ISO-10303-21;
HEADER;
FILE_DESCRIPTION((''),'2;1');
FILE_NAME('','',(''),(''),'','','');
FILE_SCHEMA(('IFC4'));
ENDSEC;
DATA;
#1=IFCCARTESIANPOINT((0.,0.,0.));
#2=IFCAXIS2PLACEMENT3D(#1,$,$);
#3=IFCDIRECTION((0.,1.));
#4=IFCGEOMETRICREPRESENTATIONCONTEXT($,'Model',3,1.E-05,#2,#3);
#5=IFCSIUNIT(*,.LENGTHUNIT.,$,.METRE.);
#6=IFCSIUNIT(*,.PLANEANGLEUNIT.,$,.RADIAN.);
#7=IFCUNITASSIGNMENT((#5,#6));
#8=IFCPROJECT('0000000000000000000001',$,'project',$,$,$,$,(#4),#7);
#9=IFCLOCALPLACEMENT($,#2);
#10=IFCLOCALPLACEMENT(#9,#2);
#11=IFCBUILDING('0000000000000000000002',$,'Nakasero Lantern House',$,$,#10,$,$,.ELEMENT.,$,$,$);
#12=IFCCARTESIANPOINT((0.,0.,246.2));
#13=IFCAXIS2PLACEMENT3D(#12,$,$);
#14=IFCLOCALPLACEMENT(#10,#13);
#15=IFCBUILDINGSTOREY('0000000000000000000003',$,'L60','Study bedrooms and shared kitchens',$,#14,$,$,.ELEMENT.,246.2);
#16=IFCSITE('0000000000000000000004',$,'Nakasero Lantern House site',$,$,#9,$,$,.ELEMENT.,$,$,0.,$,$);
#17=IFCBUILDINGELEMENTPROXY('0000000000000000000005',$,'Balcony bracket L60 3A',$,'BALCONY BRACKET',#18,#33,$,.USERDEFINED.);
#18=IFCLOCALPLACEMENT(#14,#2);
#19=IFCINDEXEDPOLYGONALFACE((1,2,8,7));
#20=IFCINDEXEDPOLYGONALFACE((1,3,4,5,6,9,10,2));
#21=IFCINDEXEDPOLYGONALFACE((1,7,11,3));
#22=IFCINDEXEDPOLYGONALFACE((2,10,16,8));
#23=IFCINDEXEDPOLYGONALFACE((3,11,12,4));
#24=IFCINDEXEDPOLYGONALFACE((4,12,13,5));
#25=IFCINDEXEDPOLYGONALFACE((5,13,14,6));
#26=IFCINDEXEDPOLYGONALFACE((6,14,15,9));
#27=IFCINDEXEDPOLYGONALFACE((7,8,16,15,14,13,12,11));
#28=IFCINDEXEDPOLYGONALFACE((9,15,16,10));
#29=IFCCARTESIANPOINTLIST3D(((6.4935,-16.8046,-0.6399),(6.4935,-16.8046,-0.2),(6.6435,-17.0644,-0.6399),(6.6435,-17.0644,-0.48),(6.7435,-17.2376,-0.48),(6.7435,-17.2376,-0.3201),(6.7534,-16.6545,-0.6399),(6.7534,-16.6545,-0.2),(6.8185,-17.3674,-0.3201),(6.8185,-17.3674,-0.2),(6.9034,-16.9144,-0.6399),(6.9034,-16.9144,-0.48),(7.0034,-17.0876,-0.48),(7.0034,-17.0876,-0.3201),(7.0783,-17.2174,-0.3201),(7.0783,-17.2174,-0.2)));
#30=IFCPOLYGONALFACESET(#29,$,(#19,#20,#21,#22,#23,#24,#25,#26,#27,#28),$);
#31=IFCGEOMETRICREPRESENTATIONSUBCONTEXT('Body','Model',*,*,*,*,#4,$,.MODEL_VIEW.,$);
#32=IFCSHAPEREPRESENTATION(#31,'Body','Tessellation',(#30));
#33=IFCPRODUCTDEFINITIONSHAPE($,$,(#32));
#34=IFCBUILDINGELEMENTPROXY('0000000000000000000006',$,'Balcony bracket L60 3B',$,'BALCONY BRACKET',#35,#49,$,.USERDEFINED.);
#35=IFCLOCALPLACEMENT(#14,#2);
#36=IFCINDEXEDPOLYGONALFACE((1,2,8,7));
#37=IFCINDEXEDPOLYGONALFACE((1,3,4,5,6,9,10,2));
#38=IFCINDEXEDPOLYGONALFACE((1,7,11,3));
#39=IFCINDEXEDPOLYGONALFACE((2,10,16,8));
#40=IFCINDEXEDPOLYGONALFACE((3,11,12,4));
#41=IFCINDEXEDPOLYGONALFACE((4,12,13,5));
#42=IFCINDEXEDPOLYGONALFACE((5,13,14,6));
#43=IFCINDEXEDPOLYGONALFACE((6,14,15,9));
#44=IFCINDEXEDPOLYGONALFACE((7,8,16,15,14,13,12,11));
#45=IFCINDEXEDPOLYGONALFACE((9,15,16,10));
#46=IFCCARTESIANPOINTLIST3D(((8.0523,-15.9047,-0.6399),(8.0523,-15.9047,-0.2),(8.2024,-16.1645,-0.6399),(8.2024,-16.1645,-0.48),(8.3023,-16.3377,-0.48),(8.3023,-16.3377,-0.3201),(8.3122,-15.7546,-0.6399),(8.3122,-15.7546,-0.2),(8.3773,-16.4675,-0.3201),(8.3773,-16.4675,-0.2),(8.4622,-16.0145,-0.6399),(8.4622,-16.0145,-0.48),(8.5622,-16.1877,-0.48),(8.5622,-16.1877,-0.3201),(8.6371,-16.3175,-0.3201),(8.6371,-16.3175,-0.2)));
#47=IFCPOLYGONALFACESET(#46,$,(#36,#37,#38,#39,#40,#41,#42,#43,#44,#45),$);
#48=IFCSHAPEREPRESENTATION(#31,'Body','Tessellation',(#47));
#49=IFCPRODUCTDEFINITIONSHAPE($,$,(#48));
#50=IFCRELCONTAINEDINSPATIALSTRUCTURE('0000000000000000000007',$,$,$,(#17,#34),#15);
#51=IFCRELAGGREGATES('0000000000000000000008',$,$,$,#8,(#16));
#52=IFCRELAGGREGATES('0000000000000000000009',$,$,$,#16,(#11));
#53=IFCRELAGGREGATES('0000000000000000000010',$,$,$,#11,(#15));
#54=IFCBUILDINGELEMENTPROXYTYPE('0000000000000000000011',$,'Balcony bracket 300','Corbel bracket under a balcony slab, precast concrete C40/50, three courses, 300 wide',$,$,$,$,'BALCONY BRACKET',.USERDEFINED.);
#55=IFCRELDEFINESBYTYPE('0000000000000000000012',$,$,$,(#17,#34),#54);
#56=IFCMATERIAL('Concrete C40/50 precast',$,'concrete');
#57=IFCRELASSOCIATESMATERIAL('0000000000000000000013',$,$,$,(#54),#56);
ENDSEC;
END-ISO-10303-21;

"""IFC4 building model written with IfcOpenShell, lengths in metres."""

from ifc_helpers import new_model, si_unit, direction, frame, origin, place, context, subcontext, project, spatial, polyline, outline, extrude, material, type_object, element, save


model = new_model("IFC4")

# Units and contexts
model_context = context("Model", 3, precision=1e-05, world=origin(), true_north=direction((0.0, 1.0)))
body_context = subcontext(model_context, "Body", "Model", "MODEL_VIEW")
ifc_project = project(units=[si_unit("LENGTHUNIT", "METRE"), si_unit("PLANEANGLEUNIT", "RADIAN")], contexts=[model_context])

# Site, building, storey
site_placement = place(None, origin())
site = spatial("IfcSite", under=ifc_project, at=site_placement, Name="Nakasero Lantern House site", CompositionType="ELEMENT", RefElevation=0.0)
building_placement = place(site_placement, origin())
building = spatial("IfcBuilding", under=site, at=building_placement, Name="Nakasero Lantern House", CompositionType="ELEMENT")
storey_placement = place(building_placement, frame((0.0, 0.0, 246.2)))
storey = spatial("IfcBuildingStorey", under=building, at=storey_placement, Name="L60", Description="Study bedrooms and shared kitchens", CompositionType="ELEMENT", Elevation=246.2)

# Building element proxies
ifc_material_1 = material(Name="Concrete C40/50 precast", Category="concrete")
building_element_proxy_type = type_object("IfcBuildingElementProxyType", Name="Balcony bracket 300", Description="Corbel bracket under a balcony slab, precast concrete C40/50, three courses, 300 wide", ElementType="BALCONY BRACKET", PredefinedType="USERDEFINED", material=ifc_material_1)
for number, where, z_axis, x_axis, name in (
    (1, (6.6235, -16.7295, -0.2), (0.0, 0.0, 1.0), (0.5, -0.866025, 0.0), "Balcony bracket L60 3A"),
    (2, (8.1824, -15.8296, -0.2), (0.0, 0.0, 1.0), (0.5, -0.866025, 0.0), "Balcony bracket L60 3B"),
):
    element("IfcBuildingElementProxy", number, at=place(storey_placement, frame(where, z_axis=z_axis, x_axis=x_axis)), inside=storey, type_object=building_element_proxy_type, Name=name, ObjectType="BALCONY BRACKET", PredefinedType="USERDEFINED", context=body_context, shape_type="SweptSolid", body=[
        extrude(outline(polyline([(0.0, 0.0), (0.6499, 0.0), (0.6499, -0.1201), (0.5, -0.1201), (0.5, -0.28), (0.3, -0.28), (0.3, -0.4399), (0.0, -0.4399), (0.0, 0.0)])), frame((0.0, 0.1499, 0.0), z_axis=(0.0, -1.0, 0.0), x_axis=(1.0, 0.0, 0.0)), (0.0, 0.0, 1.0), 0.3),
    ])

save(model, "model.ifc")
